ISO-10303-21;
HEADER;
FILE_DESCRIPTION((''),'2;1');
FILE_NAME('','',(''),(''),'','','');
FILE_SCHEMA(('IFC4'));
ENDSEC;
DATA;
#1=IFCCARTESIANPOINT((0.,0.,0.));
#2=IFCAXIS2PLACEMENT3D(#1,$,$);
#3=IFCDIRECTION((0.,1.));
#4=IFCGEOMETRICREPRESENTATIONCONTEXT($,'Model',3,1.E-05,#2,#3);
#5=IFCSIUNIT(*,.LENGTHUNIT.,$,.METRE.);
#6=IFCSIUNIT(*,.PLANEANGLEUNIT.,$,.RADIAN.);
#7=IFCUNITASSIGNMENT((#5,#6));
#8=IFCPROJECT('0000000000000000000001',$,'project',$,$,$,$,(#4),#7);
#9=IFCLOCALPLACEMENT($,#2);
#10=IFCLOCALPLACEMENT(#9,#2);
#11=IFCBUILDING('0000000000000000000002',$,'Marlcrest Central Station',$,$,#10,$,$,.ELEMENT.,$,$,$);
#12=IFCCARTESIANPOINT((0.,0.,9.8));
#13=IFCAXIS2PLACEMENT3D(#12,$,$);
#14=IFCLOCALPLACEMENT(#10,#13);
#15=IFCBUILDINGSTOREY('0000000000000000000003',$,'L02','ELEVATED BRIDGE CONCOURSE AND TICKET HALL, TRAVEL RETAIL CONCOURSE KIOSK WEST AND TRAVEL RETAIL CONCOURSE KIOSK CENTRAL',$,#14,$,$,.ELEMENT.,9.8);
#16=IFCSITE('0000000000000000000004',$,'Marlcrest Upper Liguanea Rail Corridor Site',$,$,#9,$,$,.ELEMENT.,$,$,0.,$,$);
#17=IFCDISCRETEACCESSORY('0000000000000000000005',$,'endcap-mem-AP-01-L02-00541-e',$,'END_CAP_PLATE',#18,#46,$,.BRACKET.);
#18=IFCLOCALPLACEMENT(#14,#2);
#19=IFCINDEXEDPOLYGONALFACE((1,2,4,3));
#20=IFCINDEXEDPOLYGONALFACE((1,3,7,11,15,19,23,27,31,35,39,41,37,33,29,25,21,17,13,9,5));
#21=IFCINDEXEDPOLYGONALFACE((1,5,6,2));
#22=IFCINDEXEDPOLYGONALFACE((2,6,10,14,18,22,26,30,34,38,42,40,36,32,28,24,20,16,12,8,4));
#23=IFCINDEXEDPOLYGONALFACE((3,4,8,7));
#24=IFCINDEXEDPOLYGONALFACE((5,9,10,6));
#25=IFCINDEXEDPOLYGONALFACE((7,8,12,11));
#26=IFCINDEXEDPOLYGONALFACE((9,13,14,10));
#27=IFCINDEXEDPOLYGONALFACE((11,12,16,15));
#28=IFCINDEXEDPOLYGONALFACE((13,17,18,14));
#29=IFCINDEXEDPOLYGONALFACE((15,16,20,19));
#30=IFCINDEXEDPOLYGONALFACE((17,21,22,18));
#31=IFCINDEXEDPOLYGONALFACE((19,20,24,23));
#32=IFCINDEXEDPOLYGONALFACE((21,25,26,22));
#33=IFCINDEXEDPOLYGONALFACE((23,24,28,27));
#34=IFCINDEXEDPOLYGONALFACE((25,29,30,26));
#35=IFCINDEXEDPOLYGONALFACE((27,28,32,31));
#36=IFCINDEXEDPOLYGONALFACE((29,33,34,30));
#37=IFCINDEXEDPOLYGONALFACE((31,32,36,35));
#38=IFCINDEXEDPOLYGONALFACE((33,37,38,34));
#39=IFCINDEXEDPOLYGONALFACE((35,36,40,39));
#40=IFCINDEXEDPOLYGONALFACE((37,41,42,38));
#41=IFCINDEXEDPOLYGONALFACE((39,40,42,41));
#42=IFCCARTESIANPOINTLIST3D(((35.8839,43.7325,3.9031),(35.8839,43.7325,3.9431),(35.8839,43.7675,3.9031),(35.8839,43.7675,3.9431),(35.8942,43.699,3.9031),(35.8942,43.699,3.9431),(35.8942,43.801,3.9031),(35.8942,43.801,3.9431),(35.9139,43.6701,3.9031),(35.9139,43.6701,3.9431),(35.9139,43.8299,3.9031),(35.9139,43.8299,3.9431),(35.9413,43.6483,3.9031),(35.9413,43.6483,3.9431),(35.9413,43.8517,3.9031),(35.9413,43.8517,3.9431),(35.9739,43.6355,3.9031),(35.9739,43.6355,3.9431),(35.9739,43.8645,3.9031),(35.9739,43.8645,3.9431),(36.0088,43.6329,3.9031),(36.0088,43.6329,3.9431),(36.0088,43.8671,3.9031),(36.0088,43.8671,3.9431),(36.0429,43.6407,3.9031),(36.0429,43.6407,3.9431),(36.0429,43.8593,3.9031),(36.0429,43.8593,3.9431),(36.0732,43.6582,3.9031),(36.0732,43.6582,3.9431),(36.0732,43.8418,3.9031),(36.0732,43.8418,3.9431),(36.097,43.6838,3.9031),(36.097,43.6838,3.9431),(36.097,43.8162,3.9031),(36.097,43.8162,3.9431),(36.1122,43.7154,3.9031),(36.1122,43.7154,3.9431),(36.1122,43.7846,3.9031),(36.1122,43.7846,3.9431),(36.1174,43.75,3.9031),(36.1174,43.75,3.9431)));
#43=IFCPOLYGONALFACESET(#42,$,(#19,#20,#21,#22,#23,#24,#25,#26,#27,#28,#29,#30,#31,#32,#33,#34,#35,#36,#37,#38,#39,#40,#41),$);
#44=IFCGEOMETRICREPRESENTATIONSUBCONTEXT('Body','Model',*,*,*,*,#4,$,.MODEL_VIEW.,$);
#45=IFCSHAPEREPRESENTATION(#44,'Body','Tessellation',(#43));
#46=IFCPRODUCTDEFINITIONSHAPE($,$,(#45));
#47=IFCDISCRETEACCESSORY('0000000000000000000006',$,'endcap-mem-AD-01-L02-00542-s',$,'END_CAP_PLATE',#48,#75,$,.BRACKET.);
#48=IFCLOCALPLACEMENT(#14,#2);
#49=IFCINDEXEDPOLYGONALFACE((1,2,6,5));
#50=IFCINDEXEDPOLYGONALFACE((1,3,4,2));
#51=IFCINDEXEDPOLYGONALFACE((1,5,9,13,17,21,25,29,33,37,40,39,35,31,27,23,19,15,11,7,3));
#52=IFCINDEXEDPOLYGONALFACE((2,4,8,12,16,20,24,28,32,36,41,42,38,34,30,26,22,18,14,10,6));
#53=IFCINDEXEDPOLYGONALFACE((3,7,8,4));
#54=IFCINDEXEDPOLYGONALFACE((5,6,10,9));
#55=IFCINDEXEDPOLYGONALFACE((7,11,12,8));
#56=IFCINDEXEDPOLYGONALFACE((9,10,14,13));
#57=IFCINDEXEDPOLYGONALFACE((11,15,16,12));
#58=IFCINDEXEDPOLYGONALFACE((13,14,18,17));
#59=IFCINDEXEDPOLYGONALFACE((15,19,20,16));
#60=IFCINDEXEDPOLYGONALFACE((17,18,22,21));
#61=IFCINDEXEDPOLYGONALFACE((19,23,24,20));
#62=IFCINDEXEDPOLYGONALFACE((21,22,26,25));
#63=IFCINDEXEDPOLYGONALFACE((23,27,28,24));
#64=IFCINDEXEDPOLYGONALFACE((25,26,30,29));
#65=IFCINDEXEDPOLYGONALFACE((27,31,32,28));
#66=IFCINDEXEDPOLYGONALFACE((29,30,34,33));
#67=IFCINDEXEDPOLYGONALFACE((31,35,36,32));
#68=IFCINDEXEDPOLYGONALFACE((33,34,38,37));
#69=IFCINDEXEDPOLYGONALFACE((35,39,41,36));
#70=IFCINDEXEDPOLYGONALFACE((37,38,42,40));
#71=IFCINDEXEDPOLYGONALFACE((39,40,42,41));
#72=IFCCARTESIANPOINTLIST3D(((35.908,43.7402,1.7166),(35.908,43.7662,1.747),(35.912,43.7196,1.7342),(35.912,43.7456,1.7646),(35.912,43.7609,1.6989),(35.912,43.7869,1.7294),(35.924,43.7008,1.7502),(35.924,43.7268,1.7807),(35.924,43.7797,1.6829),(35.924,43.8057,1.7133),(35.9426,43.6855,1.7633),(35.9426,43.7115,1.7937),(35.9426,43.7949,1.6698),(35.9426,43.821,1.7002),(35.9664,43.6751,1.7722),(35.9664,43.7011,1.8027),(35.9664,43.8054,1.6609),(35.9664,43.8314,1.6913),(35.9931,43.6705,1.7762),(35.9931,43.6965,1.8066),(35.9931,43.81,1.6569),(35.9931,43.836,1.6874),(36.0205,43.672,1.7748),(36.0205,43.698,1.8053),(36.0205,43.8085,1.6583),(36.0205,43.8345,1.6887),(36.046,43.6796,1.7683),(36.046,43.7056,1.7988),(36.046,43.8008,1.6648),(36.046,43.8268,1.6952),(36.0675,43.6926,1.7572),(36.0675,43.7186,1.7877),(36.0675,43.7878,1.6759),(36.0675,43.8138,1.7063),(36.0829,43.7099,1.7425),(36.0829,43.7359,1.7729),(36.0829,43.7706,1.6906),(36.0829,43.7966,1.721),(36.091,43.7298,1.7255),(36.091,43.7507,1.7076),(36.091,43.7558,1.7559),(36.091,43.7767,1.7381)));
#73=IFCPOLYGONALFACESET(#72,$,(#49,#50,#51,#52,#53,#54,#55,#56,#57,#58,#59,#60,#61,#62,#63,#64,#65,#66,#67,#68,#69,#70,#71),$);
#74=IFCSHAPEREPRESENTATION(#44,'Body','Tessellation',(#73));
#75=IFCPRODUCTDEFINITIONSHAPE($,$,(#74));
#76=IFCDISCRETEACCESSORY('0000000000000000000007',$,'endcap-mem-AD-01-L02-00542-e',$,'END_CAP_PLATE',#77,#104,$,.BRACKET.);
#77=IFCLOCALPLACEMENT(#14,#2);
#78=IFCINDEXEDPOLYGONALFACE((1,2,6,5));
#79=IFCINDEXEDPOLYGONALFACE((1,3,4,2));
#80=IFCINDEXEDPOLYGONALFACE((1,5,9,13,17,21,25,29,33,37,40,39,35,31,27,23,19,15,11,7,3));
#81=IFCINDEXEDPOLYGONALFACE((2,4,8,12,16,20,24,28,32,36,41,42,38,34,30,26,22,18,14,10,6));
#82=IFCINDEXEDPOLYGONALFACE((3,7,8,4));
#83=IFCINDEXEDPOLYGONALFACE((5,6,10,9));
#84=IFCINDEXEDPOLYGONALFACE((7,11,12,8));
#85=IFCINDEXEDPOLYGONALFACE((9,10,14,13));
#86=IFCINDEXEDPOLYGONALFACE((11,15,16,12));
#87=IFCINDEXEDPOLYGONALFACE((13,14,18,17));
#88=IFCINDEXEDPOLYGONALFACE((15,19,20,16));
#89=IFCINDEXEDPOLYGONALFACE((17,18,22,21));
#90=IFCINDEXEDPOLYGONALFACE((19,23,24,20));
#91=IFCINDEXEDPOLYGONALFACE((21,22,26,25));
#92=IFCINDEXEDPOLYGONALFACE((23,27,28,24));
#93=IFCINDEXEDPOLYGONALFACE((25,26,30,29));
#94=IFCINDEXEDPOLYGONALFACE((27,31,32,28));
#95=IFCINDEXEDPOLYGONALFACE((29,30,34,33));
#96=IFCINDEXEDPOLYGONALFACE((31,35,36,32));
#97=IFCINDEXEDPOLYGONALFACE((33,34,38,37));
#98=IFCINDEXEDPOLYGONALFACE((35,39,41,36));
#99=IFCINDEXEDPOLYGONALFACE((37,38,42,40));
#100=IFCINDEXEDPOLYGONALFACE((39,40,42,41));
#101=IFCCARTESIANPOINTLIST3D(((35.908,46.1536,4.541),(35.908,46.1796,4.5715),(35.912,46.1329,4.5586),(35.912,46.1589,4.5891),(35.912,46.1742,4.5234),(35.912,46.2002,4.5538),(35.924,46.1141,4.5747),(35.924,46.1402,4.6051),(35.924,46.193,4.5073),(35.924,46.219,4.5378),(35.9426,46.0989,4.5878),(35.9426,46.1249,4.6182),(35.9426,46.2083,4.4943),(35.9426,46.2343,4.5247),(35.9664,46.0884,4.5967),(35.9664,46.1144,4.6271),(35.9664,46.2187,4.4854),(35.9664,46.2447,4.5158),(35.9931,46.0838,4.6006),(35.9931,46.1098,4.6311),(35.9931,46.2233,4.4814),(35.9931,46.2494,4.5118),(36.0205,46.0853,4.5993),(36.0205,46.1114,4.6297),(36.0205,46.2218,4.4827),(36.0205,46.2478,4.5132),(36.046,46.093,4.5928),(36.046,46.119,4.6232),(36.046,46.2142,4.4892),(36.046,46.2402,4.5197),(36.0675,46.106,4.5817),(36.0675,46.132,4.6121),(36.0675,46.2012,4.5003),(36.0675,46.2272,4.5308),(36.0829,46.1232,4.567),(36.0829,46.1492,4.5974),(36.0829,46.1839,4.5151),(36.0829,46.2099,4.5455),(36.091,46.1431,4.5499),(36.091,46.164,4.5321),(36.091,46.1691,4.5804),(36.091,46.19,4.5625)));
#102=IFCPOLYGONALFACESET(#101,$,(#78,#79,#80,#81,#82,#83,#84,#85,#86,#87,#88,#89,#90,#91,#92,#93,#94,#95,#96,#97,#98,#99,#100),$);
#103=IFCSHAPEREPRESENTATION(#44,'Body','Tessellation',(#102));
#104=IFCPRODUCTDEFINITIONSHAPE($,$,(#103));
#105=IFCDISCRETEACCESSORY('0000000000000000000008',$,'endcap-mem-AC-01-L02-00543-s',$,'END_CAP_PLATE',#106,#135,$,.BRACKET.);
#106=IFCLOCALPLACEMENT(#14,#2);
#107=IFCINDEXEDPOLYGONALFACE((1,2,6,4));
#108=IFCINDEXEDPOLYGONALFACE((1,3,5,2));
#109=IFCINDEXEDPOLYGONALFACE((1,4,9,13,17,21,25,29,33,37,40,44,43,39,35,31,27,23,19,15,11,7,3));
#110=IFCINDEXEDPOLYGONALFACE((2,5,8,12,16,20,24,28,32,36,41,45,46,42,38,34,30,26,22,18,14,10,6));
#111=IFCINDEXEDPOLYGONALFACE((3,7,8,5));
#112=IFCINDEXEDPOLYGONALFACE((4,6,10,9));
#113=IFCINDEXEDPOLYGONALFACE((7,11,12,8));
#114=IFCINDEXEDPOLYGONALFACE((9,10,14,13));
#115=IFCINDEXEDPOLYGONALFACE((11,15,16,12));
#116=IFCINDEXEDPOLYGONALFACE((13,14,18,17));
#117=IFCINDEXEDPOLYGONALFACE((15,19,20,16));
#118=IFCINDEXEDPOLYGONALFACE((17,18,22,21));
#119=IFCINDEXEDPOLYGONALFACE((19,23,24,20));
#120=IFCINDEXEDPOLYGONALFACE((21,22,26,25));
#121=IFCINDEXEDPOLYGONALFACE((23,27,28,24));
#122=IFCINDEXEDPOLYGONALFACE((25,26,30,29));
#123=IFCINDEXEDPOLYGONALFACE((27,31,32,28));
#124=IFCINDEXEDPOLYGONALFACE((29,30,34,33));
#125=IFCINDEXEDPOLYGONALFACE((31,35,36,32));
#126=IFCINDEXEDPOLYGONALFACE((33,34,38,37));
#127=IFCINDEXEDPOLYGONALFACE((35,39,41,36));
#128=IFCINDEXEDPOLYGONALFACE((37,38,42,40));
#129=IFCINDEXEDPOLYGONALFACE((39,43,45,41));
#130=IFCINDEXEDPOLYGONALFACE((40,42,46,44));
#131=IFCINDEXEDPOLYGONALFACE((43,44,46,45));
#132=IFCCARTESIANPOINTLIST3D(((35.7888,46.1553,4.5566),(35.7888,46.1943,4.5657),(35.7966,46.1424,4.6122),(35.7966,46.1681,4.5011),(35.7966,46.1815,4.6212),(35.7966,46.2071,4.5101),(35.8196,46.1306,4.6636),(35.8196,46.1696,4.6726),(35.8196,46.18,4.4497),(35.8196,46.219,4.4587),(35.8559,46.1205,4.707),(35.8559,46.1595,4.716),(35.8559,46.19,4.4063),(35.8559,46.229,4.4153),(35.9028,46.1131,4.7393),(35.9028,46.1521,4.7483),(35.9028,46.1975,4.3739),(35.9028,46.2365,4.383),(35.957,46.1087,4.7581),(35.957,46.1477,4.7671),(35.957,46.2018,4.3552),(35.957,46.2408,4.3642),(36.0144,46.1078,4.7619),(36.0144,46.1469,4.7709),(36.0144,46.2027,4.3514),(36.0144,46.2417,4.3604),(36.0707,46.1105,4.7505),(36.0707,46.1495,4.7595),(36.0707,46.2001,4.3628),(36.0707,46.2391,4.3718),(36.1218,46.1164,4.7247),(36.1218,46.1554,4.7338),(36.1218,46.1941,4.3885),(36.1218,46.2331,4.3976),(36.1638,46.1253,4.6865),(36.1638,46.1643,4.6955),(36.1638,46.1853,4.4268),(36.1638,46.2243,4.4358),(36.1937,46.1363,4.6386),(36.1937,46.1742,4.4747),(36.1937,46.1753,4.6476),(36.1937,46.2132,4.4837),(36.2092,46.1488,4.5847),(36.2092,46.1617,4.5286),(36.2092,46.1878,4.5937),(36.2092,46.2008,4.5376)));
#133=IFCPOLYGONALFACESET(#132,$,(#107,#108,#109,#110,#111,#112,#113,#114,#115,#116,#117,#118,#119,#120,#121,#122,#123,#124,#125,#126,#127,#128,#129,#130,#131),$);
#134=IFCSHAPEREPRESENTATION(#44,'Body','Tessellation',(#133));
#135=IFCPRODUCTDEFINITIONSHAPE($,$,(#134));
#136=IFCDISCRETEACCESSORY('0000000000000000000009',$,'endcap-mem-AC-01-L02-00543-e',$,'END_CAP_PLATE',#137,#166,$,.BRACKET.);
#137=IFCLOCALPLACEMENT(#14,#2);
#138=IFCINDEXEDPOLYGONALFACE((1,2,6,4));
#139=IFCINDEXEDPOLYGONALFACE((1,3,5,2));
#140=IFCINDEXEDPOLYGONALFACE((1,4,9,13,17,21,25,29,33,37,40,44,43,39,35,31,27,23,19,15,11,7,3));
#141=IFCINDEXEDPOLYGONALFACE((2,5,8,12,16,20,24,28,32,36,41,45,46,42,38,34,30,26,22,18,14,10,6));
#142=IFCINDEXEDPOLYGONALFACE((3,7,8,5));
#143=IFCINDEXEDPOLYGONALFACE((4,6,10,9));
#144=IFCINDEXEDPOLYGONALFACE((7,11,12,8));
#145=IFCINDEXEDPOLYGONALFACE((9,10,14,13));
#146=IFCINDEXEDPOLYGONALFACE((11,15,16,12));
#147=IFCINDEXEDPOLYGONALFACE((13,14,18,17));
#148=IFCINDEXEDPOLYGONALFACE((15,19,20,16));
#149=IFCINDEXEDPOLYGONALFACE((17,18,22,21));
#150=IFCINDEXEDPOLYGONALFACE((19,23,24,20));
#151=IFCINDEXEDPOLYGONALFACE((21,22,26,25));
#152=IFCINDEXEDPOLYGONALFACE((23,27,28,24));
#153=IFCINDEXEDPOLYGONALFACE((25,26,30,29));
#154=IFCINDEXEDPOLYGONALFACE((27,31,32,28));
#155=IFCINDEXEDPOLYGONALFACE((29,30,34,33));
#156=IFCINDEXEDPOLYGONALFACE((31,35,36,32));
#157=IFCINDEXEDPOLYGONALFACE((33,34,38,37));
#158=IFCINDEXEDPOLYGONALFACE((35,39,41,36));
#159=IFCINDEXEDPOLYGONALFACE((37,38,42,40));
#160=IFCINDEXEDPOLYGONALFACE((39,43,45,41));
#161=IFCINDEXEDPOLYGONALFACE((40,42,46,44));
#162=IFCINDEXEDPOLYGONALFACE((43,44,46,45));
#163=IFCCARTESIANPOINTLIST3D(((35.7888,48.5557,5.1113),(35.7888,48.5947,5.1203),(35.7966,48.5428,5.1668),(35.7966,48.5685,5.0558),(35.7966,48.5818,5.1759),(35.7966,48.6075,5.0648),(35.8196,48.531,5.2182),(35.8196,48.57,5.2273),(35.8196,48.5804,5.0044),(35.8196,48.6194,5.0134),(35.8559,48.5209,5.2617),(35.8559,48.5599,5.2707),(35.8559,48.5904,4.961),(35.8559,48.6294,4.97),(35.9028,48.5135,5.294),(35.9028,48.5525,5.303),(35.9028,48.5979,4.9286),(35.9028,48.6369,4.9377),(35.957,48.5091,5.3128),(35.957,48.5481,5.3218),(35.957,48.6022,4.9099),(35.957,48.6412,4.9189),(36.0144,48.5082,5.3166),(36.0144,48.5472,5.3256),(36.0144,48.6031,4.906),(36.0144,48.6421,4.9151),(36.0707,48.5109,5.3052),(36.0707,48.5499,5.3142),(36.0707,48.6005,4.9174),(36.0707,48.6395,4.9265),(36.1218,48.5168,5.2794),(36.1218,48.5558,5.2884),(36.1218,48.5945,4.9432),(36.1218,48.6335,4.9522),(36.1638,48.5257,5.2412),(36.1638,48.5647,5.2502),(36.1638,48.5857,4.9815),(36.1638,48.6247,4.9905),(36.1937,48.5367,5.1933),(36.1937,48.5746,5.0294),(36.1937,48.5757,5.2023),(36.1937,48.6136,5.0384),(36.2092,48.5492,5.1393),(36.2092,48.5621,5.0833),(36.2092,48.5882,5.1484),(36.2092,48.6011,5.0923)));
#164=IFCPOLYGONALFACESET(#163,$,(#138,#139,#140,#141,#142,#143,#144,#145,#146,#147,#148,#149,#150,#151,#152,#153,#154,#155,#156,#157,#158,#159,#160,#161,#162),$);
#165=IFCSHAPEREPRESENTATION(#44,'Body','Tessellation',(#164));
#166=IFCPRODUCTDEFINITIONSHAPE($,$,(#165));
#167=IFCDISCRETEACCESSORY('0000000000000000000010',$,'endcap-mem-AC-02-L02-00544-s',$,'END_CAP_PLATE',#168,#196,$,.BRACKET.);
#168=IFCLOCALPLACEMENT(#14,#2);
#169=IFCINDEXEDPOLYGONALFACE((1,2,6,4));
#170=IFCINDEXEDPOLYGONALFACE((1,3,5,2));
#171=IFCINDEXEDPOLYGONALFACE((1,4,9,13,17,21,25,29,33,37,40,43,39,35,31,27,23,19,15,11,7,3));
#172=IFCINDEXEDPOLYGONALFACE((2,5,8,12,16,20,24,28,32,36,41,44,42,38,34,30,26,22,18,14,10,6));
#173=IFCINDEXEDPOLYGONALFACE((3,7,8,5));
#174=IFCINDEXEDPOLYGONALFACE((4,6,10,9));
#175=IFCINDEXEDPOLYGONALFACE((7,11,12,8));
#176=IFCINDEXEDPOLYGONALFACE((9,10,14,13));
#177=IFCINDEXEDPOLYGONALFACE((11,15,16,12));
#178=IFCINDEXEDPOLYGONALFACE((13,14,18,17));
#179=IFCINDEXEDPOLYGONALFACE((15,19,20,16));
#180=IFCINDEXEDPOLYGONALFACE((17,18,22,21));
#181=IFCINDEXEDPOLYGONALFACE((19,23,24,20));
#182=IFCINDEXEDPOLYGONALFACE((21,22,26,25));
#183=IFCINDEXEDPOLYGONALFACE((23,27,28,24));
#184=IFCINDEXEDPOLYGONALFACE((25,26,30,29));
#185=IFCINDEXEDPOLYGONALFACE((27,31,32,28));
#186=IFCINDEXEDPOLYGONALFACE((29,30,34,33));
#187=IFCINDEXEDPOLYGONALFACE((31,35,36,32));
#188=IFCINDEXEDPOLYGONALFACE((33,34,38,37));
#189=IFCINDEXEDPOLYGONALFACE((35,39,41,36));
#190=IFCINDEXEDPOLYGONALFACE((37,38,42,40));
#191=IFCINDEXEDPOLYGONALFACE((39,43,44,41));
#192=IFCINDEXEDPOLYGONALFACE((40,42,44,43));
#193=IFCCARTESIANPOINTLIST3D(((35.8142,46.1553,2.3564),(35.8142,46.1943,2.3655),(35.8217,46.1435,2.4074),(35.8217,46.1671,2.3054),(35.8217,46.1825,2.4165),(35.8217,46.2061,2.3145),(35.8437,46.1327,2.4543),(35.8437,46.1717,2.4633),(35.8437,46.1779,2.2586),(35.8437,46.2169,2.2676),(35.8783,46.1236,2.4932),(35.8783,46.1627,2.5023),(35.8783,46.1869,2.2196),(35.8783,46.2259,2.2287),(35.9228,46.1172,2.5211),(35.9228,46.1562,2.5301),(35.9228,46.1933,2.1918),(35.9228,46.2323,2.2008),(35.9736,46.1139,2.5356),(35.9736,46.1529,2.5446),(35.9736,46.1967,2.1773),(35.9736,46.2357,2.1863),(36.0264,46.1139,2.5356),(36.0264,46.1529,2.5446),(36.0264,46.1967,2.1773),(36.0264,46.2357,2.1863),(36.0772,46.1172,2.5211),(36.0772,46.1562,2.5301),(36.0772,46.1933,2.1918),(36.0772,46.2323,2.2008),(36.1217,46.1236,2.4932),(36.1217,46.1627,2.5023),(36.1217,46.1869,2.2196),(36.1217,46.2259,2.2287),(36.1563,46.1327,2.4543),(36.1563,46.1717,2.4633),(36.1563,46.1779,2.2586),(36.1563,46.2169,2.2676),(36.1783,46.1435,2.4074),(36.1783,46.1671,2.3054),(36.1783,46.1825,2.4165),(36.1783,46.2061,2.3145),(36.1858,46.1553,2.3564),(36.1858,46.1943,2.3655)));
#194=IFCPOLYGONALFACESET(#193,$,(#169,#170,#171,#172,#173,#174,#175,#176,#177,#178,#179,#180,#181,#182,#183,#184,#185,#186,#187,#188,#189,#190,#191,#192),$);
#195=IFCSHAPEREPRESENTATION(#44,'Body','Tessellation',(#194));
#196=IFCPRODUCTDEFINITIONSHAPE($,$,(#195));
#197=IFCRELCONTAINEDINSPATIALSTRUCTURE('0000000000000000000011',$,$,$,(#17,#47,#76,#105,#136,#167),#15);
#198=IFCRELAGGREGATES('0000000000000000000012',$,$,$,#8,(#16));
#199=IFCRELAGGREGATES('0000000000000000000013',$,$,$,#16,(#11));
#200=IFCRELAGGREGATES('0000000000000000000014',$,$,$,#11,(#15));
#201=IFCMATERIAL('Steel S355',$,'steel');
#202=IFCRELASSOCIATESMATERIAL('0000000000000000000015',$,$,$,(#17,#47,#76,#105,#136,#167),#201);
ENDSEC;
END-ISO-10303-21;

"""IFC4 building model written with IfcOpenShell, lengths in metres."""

from ifc_helpers import new_model, si_unit, direction, frame, origin, origin_2d, place, context, subcontext, project, spatial, circle, extrude, material, element, save


model = new_model("IFC4")

# Units and contexts
model_context = context("Model", 3, precision=1e-05, world=origin(), true_north=direction((0.0, 1.0)))
body_context = subcontext(model_context, "Body", "Model", "MODEL_VIEW")
ifc_project = project(units=[si_unit("LENGTHUNIT", "METRE"), si_unit("PLANEANGLEUNIT", "RADIAN")], contexts=[model_context])

# Site, building, storey
site_placement = place(None, origin())
site = spatial("IfcSite", under=ifc_project, at=site_placement, Name="Marlcrest Upper Liguanea Rail Corridor Site", CompositionType="ELEMENT", RefElevation=0.0)
building_placement = place(site_placement, origin())
building = spatial("IfcBuilding", under=site, at=building_placement, Name="Marlcrest Central Station", CompositionType="ELEMENT")
storey_placement = place(building_placement, frame((0.0, 0.0, 9.8)))
storey = spatial("IfcBuildingStorey", under=building, at=storey_placement, Name="L02", Description="ELEVATED BRIDGE CONCOURSE AND TICKET HALL, TRAVEL RETAIL CONCOURSE KIOSK WEST AND TRAVEL RETAIL CONCOURSE KIOSK CENTRAL", CompositionType="ELEMENT", Elevation=9.8)

# Shared definitions
ifc_material_1 = material(Name="Steel S355", Category="steel")

# Discrete accessories
for number, where, z_axis, x_axis, name in (
    (1, (36.0, 43.75, 3.9031), (0.0, 0.0, 1.0), (1.0, 0.0, 0.0), "endcap-mem-AP-01-L02-00541-e"),
):
    element("IfcDiscreteAccessory", number, at=place(storey_placement, frame(where, z_axis=z_axis, x_axis=x_axis)), inside=storey, material=ifc_material_1, Name=name, ObjectType="END_CAP_PLATE", PredefinedType="BRACKET", context=body_context, shape_type="SweptSolid", body=[
        extrude(circle(Radius=0.1174, at=origin_2d()), origin(), (0.0, 0.0, 1.0), 0.04),
    ])
for number, where, z_axis, x_axis, name in (
    (2, (36.0, 43.7402, 1.7166), (0.0, 0.649625, 0.760255), (-1.0, 0.0, 0.0), "endcap-mem-AD-01-L02-00542-s"),
    (3, (36.0, 46.1536, 4.541), (0.0, 0.649625, 0.760255), (-1.0, 0.0, 0.0), "endcap-mem-AD-01-L02-00542-e"),
):
    element("IfcDiscreteAccessory", number, at=place(storey_placement, frame(where, z_axis=z_axis, x_axis=x_axis)), inside=storey, material=ifc_material_1, Name=name, ObjectType="END_CAP_PLATE", PredefinedType="BRACKET", context=body_context, shape_type="SweptSolid", body=[
        extrude(circle(Radius=0.092, at=origin_2d()), origin(), (0.0, 0.0, 1.0), 0.04),
    ])
for number, where, z_axis, x_axis, name in (
    (4, (36.0, 46.1553, 4.5566), (0.0, 0.97433, 0.225126), (-1.0, 0.0, 0.0), "endcap-mem-AC-01-L02-00543-s"),
    (5, (36.0, 48.5557, 5.1113), (0.0, 0.97433, 0.225126), (-1.0, 0.0, 0.0), "endcap-mem-AC-01-L02-00543-e"),
):
    element("IfcDiscreteAccessory", number, at=place(storey_placement, frame(where, z_axis=z_axis, x_axis=x_axis)), inside=storey, material=ifc_material_1, Name=name, ObjectType="END_CAP_PLATE", PredefinedType="BRACKET", context=body_context, shape_type="SweptSolid", body=[
        extrude(circle(Radius=0.2112, at=origin_2d()), origin(), (0.0, 0.0, 1.0), 0.04),
    ])
for number, where, z_axis, x_axis, name in (
    (6, (36.0, 46.1553, 2.3564), (0.0, 0.974308, 0.22522), (-1.0, 0.0, 0.0), "endcap-mem-AC-02-L02-00544-s"),
):
    element("IfcDiscreteAccessory", number, at=place(storey_placement, frame(where, z_axis=z_axis, x_axis=x_axis)), inside=storey, material=ifc_material_1, Name=name, ObjectType="END_CAP_PLATE", PredefinedType="BRACKET", context=body_context, shape_type="SweptSolid", body=[
        extrude(circle(Radius=0.1858, at=origin_2d()), origin(), (0.0, 0.0, 1.0), 0.04),
    ])

save(model, "model.ifc")
